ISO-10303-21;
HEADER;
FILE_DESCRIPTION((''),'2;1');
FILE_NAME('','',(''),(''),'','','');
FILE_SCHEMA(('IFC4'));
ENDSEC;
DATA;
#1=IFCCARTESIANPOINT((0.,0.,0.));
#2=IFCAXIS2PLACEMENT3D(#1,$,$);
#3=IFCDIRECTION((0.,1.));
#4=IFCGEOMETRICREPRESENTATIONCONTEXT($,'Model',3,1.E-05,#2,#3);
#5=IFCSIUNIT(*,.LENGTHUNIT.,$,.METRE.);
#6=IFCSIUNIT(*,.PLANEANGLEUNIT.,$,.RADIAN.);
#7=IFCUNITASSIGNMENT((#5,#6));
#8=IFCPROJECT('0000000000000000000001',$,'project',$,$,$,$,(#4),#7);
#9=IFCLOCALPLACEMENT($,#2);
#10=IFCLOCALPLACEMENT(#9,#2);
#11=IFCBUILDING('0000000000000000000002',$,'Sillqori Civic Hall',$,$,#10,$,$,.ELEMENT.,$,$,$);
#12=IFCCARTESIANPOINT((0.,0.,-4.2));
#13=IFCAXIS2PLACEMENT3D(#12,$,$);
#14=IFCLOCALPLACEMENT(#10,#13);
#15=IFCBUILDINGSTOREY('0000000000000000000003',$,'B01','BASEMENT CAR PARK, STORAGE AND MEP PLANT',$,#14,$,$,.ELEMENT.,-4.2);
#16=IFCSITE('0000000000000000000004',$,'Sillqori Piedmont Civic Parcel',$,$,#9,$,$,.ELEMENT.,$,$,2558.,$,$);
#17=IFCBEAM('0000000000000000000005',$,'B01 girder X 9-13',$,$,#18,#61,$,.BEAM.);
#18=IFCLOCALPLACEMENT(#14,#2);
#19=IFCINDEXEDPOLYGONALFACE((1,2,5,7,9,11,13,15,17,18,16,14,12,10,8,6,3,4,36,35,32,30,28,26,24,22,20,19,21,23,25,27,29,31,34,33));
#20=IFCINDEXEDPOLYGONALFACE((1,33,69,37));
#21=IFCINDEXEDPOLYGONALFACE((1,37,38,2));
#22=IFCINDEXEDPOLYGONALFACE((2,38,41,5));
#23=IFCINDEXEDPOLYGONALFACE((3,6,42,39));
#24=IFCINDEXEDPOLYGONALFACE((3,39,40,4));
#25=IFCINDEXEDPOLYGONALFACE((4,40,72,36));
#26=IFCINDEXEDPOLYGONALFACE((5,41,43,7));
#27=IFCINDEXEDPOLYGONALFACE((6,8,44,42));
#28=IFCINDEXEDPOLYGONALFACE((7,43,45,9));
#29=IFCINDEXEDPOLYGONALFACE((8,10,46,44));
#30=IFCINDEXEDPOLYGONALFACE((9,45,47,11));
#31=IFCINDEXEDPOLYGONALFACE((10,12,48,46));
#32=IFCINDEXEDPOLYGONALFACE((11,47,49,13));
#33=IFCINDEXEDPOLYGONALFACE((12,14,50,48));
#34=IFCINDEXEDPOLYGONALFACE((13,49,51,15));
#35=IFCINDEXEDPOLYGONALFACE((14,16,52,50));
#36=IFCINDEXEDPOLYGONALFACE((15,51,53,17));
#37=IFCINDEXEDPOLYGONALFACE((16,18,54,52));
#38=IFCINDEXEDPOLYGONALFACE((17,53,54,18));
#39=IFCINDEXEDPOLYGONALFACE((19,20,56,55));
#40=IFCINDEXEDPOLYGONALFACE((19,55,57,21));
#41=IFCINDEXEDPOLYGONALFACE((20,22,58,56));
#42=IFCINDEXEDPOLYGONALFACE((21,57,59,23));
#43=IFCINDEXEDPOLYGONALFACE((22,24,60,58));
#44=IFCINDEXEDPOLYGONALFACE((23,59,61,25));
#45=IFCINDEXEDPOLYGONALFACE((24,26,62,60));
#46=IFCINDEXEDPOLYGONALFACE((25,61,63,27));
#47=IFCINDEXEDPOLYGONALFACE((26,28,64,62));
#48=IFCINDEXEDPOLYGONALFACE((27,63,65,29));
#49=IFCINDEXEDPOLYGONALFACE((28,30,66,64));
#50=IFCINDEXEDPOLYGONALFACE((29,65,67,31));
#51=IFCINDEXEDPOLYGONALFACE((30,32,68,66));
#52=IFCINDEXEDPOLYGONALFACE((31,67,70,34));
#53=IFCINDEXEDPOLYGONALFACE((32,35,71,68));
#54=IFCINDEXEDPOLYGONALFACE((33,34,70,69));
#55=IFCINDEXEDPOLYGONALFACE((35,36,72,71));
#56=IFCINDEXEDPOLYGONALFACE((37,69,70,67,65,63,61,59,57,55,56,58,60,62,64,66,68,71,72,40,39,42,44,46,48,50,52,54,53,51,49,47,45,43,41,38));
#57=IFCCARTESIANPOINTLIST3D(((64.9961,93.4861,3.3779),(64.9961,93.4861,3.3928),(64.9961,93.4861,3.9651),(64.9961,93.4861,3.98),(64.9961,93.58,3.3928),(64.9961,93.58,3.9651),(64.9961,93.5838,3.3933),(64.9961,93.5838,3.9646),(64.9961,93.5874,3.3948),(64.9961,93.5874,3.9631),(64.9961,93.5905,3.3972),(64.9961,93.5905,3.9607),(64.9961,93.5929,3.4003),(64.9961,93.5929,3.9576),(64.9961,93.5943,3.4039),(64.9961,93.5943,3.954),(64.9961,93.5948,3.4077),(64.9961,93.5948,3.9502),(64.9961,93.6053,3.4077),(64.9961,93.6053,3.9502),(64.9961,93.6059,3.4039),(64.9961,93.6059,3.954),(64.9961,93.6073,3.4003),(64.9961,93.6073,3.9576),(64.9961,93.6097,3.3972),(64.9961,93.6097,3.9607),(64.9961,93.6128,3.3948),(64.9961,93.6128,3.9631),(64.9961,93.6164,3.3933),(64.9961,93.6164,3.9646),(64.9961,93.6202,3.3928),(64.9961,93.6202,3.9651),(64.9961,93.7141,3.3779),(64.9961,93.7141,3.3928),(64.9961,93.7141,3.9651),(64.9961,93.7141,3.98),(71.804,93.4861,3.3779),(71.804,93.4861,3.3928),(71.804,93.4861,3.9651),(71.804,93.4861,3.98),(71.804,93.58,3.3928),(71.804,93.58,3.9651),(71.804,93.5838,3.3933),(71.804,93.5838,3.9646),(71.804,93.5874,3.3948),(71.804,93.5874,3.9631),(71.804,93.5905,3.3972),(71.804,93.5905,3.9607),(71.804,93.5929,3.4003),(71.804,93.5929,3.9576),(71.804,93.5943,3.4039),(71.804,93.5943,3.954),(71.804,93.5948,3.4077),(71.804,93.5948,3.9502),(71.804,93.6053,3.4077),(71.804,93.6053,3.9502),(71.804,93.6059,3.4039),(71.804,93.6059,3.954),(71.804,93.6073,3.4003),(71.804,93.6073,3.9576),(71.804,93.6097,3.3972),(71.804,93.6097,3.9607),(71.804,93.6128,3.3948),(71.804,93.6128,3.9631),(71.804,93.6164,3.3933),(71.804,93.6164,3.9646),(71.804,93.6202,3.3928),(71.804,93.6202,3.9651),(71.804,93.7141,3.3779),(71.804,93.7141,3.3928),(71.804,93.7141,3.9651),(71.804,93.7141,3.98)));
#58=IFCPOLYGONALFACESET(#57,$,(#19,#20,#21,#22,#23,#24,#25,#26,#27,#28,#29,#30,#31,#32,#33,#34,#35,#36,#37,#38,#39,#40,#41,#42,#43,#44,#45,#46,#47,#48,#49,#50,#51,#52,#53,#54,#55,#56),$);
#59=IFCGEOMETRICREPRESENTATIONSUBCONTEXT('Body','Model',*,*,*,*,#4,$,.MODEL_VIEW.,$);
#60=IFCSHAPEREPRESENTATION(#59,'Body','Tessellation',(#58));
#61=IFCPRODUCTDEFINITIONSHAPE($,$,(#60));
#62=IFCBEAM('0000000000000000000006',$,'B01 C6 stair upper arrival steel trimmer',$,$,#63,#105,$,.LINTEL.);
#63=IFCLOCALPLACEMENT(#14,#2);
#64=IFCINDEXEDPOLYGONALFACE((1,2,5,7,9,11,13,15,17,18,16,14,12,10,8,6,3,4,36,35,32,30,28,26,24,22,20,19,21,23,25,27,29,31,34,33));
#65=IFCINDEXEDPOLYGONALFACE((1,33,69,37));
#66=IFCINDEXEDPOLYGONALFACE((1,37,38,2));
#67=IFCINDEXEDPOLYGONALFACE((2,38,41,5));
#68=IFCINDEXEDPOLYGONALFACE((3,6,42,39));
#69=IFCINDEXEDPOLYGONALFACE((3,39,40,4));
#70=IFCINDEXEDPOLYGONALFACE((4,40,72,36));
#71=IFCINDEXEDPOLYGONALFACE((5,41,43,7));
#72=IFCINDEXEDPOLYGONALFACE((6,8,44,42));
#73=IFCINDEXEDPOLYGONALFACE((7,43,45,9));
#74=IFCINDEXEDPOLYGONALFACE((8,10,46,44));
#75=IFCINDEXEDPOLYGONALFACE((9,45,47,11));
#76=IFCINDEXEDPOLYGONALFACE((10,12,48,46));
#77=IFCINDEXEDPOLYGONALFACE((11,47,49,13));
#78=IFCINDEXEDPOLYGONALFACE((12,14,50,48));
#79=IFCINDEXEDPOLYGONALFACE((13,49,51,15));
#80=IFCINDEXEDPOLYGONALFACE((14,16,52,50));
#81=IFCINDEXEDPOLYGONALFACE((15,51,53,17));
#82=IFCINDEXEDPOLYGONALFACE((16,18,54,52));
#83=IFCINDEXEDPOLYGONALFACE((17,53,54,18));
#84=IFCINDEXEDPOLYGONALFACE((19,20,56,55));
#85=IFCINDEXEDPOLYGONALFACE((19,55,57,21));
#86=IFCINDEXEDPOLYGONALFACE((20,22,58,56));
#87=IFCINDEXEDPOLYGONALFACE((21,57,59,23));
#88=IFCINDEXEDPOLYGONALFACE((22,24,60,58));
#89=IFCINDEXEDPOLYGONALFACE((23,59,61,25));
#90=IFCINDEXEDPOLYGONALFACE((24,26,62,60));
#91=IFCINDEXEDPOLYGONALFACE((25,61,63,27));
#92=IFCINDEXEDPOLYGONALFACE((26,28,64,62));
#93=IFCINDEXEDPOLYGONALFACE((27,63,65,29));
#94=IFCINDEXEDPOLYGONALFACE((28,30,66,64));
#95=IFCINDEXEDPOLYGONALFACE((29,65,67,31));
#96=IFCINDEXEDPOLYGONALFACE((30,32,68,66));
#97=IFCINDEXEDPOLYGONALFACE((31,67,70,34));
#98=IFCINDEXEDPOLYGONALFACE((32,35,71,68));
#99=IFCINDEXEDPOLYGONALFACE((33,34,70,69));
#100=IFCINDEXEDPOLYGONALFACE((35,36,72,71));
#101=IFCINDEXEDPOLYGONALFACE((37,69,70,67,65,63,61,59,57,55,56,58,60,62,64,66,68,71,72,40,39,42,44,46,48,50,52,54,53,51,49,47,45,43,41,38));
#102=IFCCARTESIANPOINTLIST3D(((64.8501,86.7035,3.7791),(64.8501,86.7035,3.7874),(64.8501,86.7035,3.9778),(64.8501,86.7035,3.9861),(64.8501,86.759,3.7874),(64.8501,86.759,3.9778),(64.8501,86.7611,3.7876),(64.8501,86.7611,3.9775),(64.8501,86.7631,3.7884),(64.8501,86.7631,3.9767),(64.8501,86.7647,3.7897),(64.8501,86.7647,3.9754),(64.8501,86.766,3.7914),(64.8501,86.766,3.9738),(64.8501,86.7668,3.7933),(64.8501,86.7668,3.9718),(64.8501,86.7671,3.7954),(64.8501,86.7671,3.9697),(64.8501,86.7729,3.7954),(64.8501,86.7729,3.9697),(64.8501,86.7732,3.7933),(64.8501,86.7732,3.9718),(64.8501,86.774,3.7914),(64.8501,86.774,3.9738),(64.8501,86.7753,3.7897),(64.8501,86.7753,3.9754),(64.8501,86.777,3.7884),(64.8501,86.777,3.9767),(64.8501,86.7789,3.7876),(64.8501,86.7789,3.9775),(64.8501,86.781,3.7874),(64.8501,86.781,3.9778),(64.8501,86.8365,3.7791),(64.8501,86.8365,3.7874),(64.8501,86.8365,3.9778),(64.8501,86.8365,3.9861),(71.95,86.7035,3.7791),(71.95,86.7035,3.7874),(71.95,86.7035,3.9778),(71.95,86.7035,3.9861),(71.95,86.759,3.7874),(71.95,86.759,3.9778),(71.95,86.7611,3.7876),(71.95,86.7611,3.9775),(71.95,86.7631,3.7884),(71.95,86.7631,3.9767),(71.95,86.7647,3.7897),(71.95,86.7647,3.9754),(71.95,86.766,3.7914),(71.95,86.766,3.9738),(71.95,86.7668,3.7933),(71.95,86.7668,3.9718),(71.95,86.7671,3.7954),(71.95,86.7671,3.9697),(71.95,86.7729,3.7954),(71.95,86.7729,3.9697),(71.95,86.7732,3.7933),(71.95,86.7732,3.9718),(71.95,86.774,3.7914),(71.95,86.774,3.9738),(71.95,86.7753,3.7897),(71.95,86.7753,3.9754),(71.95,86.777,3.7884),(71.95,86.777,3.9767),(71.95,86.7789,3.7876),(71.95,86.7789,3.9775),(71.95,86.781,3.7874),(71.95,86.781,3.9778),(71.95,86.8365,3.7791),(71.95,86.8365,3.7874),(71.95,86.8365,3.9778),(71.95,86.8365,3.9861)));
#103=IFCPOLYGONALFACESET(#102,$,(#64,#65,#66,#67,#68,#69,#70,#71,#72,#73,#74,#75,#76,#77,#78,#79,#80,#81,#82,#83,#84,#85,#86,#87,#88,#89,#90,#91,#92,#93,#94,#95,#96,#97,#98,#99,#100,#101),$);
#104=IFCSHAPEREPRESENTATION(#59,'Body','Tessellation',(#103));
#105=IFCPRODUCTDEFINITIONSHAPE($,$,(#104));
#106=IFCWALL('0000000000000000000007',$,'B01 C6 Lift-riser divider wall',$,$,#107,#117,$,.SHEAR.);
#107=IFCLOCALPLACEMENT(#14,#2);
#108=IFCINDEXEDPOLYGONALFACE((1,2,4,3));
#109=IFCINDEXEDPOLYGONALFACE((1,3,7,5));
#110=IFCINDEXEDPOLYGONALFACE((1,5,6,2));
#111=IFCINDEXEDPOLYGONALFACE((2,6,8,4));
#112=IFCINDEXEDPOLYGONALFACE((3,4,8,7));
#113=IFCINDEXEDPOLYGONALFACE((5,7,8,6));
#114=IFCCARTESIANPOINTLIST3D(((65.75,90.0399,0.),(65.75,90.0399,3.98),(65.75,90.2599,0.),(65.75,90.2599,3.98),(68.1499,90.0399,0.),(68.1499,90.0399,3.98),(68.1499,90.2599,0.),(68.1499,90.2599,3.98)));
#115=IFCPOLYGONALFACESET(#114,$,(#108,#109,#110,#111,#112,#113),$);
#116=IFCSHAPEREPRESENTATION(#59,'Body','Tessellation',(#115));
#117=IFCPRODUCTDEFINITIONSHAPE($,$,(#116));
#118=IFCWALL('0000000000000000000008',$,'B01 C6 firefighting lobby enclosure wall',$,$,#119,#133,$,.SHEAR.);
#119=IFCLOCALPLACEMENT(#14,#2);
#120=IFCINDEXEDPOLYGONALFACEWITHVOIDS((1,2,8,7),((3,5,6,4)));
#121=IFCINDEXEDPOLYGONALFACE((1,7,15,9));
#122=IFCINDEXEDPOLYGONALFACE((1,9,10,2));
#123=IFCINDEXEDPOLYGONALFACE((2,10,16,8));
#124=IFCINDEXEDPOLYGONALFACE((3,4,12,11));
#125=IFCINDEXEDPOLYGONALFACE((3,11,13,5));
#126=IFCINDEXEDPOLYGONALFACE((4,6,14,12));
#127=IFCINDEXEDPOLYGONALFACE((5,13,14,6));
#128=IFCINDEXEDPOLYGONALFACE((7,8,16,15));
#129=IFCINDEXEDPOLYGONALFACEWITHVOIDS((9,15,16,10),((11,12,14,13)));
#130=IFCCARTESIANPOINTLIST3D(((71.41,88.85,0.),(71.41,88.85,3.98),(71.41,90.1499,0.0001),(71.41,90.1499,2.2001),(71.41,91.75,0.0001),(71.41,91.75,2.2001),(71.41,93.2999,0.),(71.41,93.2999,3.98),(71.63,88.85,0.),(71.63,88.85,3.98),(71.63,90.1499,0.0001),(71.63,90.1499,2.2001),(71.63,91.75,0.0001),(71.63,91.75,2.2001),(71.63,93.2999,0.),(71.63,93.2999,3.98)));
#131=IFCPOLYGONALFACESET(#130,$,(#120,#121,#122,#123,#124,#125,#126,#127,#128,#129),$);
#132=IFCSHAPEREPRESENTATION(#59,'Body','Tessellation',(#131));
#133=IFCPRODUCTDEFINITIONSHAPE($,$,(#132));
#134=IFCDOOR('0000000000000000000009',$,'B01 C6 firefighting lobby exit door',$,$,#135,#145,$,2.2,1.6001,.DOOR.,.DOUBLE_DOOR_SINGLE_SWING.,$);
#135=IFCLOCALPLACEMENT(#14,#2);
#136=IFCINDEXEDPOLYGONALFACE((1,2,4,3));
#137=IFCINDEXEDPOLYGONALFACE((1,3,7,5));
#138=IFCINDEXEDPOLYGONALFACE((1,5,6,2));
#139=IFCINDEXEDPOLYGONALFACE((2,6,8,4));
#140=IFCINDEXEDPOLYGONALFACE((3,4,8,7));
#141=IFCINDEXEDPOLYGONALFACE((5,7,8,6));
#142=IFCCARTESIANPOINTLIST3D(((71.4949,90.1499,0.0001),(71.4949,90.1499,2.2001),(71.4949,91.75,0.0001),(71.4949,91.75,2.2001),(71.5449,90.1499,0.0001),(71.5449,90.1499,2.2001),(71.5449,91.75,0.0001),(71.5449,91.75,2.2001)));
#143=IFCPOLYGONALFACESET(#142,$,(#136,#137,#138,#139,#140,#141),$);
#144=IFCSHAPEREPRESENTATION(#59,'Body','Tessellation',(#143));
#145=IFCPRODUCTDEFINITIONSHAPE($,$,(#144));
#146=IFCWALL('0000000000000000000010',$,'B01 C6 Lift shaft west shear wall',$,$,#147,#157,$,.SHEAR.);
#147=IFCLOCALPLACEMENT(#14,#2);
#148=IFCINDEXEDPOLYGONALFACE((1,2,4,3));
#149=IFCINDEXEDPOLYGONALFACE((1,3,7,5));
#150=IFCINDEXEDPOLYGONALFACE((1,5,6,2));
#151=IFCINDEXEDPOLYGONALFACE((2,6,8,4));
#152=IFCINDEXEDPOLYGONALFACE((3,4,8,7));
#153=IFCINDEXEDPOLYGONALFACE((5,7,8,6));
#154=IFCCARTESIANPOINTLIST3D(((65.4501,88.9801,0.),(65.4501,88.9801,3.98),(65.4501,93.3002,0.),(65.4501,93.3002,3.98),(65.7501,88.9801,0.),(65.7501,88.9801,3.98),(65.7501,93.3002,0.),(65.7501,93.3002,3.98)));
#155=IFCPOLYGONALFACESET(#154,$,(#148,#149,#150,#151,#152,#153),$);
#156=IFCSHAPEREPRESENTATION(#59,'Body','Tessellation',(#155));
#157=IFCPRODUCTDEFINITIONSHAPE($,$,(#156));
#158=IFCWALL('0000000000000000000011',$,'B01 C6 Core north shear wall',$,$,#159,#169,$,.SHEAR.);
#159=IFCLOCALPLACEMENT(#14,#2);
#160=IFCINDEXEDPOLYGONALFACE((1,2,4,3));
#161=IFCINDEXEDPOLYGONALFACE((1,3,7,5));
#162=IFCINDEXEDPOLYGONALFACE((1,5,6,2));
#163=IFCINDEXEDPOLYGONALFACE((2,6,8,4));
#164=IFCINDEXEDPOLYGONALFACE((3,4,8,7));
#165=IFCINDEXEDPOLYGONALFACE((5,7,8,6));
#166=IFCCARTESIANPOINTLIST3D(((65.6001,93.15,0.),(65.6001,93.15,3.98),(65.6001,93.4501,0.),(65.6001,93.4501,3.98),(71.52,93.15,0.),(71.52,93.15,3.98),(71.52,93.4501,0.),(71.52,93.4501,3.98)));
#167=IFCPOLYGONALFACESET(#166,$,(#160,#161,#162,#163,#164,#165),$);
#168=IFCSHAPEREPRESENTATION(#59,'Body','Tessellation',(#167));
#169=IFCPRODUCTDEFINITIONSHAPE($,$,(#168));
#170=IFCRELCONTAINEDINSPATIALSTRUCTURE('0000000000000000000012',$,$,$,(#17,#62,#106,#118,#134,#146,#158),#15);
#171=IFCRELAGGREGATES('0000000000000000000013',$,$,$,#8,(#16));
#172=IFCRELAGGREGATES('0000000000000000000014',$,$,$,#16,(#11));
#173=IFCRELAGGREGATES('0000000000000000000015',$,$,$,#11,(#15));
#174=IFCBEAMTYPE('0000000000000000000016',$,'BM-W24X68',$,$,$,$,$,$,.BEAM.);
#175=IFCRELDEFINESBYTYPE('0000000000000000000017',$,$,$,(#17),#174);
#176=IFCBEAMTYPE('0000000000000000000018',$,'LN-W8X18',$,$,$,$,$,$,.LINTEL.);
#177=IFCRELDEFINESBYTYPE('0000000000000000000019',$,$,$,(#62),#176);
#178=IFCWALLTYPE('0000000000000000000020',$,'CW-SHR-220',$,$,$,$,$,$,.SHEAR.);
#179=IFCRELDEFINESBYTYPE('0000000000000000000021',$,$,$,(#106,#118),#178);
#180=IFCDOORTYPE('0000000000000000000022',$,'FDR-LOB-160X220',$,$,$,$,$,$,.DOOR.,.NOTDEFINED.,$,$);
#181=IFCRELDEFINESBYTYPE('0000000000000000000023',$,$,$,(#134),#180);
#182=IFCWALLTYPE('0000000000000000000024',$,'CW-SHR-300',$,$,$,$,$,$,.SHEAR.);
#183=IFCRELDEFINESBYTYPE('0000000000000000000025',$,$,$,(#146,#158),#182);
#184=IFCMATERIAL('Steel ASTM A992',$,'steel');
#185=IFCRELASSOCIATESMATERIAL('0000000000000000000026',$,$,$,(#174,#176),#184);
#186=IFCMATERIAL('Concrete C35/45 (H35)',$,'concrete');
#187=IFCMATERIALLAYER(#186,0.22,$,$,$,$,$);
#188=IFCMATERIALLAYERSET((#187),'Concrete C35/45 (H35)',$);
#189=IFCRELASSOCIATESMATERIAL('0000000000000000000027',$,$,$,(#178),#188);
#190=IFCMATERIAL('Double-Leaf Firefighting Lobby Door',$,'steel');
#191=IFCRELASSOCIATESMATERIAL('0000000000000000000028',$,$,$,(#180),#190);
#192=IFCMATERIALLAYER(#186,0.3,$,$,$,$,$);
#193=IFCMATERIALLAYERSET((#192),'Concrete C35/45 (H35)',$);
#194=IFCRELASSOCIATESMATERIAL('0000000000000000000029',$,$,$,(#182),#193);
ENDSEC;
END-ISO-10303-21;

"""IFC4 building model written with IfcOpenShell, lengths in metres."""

from ifc_helpers import new_model, si_unit, direction, frame, frame_2d, origin, origin_2d, place, context, subcontext, project, spatial, rectangle, i_section, extrude, material, layer, layer_set, material_profile, profile_set, type_object, element, fill, save


model = new_model("IFC4")

# Units and contexts
model_context = context("Model", 3, precision=1e-05, world=origin(), true_north=direction((0.0, 1.0)))
body_context = subcontext(model_context, "Body", "Model", "MODEL_VIEW")
ifc_project = project(units=[si_unit("LENGTHUNIT", "METRE"), si_unit("PLANEANGLEUNIT", "RADIAN")], contexts=[model_context])

# Site, building, storey
site_placement = place(None, origin())
site = spatial("IfcSite", under=ifc_project, at=site_placement, Name="Sillqori Piedmont Civic Parcel", CompositionType="ELEMENT", RefElevation=2558.0)
building_placement = place(site_placement, origin())
building = spatial("IfcBuilding", under=site, at=building_placement, Name="Sillqori Civic Hall", CompositionType="ELEMENT")
storey_placement = place(building_placement, frame((0.0, 0.0, -4.2)))
storey = spatial("IfcBuildingStorey", under=building, at=storey_placement, Name="B01", Description="BASEMENT CAR PARK, STORAGE AND MEP PLANT", CompositionType="ELEMENT", Elevation=-4.2)

# Shared definitions
ifc_material_1 = material(Name="Concrete C35/45 (H35)", Category="concrete")

# Beams
ifc_material_2 = material(Name="Steel ASTM A992", Category="steel")
ifc_material_profile_1 = material_profile(ifc_material_2, i_section(OverallWidth=0.228, OverallDepth=0.6021, WebThickness=0.0105, FlangeThickness=0.0149, FilletRadius=0.0149, at=origin_2d()), Name="W24X68")
ifc_profile_set_1 = profile_set([ifc_material_profile_1], Name="Steel ASTM A992")
beam_type_1 = type_object("IfcBeamType", Name="BM-W24X68", PredefinedType="BEAM", material=ifc_profile_set_1)
beam_1_placement = place(storey_placement, frame((64.9961, 93.6001, 3.679), z_axis=(1.0, 0.0, 0.0), x_axis=(0.0, 1.0, 0.0)))
element("IfcBeam", 1, at=beam_1_placement, inside=storey, type_object=beam_type_1, Name="B01 girder X 9-13", PredefinedType="BEAM", context=body_context, shape_type="SweptSolid", body=[
    extrude(i_section(OverallWidth=0.228, OverallDepth=0.6021, WebThickness=0.0105, FlangeThickness=0.0149, FilletRadius=0.0149, at=origin_2d()), origin(), (0.0, 0.0, 1.0), 6.8079),
])
ifc_material_profile_2 = material_profile(ifc_material_2, i_section(OverallWidth=0.1331, OverallDepth=0.207, WebThickness=0.0059, FlangeThickness=0.0083, FilletRadius=0.0081, at=origin_2d()), Name="W8X18")
ifc_profile_set_2 = profile_set([ifc_material_profile_2], Name="Steel ASTM A992")
beam_type_2 = type_object("IfcBeamType", Name="LN-W8X18", PredefinedType="LINTEL", material=ifc_profile_set_2)
beam_2_placement = place(storey_placement, frame((64.8501, 86.77, 3.8826), z_axis=(1.0, 0.0, 0.0), x_axis=(0.0, 1.0, 0.0)))
element("IfcBeam", 2, at=beam_2_placement, inside=storey, type_object=beam_type_2, Name="B01 C6 stair upper arrival steel trimmer", PredefinedType="LINTEL", context=body_context, shape_type="SweptSolid", body=[
    extrude(i_section(OverallWidth=0.1331, OverallDepth=0.207, WebThickness=0.0059, FlangeThickness=0.0083, FilletRadius=0.0081, at=origin_2d()), origin(), (0.0, 0.0, 1.0), 7.0999),
])

# Wall
ifc_layer_1 = layer(ifc_material_1, 0.22)
ifc_layer_set_1 = layer_set([ifc_layer_1], Name="Concrete C35/45 (H35)")
wall_type_1 = type_object("IfcWallType", Name="CW-SHR-220", PredefinedType="SHEAR", material=ifc_layer_set_1)
wall_1_placement = place(storey_placement, frame((65.75, 90.1499, 0.0), z_axis=(0.0, 0.0, 1.0), x_axis=(1.0, 0.0, 0.0)))
element("IfcWall", 3, at=wall_1_placement, inside=storey, type_object=wall_type_1, Name="B01 C6 Lift-riser divider wall", PredefinedType="SHEAR", context=body_context, shape_type="SweptSolid", body=[
    extrude(rectangle(XDim=2.3999, YDim=0.22, at=frame_2d((1.2, 0.0))), origin(), (0.0, 0.0, 1.0), 3.98),
])

# Wall, opening, door
wall_2_placement = place(storey_placement, frame((71.52, 93.3, 0.0), z_axis=(0.0, 0.0, 1.0), x_axis=(0.0, -1.0, 0.0)))
wall_2 = element("IfcWall", 4, at=wall_2_placement, inside=storey, type_object=wall_type_1, Name="B01 C6 firefighting lobby enclosure wall", PredefinedType="SHEAR", context=body_context, shape_type="SweptSolid", body=[
    extrude(rectangle(XDim=4.45, YDim=0.22, at=frame_2d((2.2251, 0.0))), origin(), (0.0, 0.0, 1.0), 3.98),
])
opening_1_placement = place(wall_2_placement, frame((1.55, 0.0, 0.0)))
opening_1 = element("IfcOpeningElement", 5, at=opening_1_placement, cuts=wall_2, PredefinedType="OPENING", context=body_context, shape_type="SweptSolid", body=[
    extrude(rectangle(XDim=1.6001, YDim=2.2, at=frame_2d((0.8, 1.1001))), frame((0.0, 0.1199, 0.0), z_axis=(0.0, -1.0, 0.0), x_axis=(1.0, 0.0, 0.0)), (0.0, 0.0, 1.0), 0.24),
])
ifc_material_3 = material(Name="Double-Leaf Firefighting Lobby Door", Category="steel")
door_type_1 = type_object("IfcDoorType", Name="FDR-LOB-160X220", OperationType="NOTDEFINED", PredefinedType="DOOR", material=ifc_material_3)
door_1_placement = place(opening_1_placement, origin())
door_1 = element("IfcDoor", 6, at=door_1_placement, inside=storey, type_object=door_type_1, Name="B01 C6 firefighting lobby exit door", OperationType="DOUBLE_DOOR_SINGLE_SWING", OverallHeight=2.2, OverallWidth=1.6001, PredefinedType="DOOR", context=body_context, shape_type="SweptSolid", body=[
    extrude(rectangle(XDim=1.6001, YDim=2.2, at=frame_2d((0.8, 1.1001))), frame((0.0, 0.0249, 0.0), z_axis=(0.0, -1.0, 0.0), x_axis=(1.0, 0.0, 0.0)), (0.0, 0.0, 1.0), 0.05),
])
fill(opening_1, door_1)

# Walls
ifc_layer_2 = layer(ifc_material_1, 0.3)
ifc_layer_set_2 = layer_set([ifc_layer_2], Name="Concrete C35/45 (H35)")
wall_type_2 = type_object("IfcWallType", Name="CW-SHR-300", PredefinedType="SHEAR", material=ifc_layer_set_2)
wall_3_placement = place(storey_placement, frame((65.6001, 88.98, 0.0), z_axis=(0.0, 0.0, 1.0), x_axis=(0.0, 1.0, 0.0)))
element("IfcWall", 7, at=wall_3_placement, inside=storey, type_object=wall_type_2, Name="B01 C6 Lift shaft west shear wall", PredefinedType="SHEAR", context=body_context, shape_type="SweptSolid", body=[
    extrude(rectangle(XDim=4.3201, YDim=0.3, at=frame_2d((2.1602, 0.0))), origin(), (0.0, 0.0, 1.0), 3.98),
])
wall_4_placement = place(storey_placement, frame((65.6001, 93.3, 0.0), z_axis=(0.0, 0.0, 1.0), x_axis=(1.0, 0.0, 0.0)))
element("IfcWall", 8, at=wall_4_placement, inside=storey, type_object=wall_type_2, Name="B01 C6 Core north shear wall", PredefinedType="SHEAR", context=body_context, shape_type="SweptSolid", body=[
    extrude(rectangle(XDim=5.9199, YDim=0.3, at=frame_2d((2.96, 0.0))), origin(), (0.0, 0.0, 1.0), 3.98),
])

save(model, "model.ifc")
